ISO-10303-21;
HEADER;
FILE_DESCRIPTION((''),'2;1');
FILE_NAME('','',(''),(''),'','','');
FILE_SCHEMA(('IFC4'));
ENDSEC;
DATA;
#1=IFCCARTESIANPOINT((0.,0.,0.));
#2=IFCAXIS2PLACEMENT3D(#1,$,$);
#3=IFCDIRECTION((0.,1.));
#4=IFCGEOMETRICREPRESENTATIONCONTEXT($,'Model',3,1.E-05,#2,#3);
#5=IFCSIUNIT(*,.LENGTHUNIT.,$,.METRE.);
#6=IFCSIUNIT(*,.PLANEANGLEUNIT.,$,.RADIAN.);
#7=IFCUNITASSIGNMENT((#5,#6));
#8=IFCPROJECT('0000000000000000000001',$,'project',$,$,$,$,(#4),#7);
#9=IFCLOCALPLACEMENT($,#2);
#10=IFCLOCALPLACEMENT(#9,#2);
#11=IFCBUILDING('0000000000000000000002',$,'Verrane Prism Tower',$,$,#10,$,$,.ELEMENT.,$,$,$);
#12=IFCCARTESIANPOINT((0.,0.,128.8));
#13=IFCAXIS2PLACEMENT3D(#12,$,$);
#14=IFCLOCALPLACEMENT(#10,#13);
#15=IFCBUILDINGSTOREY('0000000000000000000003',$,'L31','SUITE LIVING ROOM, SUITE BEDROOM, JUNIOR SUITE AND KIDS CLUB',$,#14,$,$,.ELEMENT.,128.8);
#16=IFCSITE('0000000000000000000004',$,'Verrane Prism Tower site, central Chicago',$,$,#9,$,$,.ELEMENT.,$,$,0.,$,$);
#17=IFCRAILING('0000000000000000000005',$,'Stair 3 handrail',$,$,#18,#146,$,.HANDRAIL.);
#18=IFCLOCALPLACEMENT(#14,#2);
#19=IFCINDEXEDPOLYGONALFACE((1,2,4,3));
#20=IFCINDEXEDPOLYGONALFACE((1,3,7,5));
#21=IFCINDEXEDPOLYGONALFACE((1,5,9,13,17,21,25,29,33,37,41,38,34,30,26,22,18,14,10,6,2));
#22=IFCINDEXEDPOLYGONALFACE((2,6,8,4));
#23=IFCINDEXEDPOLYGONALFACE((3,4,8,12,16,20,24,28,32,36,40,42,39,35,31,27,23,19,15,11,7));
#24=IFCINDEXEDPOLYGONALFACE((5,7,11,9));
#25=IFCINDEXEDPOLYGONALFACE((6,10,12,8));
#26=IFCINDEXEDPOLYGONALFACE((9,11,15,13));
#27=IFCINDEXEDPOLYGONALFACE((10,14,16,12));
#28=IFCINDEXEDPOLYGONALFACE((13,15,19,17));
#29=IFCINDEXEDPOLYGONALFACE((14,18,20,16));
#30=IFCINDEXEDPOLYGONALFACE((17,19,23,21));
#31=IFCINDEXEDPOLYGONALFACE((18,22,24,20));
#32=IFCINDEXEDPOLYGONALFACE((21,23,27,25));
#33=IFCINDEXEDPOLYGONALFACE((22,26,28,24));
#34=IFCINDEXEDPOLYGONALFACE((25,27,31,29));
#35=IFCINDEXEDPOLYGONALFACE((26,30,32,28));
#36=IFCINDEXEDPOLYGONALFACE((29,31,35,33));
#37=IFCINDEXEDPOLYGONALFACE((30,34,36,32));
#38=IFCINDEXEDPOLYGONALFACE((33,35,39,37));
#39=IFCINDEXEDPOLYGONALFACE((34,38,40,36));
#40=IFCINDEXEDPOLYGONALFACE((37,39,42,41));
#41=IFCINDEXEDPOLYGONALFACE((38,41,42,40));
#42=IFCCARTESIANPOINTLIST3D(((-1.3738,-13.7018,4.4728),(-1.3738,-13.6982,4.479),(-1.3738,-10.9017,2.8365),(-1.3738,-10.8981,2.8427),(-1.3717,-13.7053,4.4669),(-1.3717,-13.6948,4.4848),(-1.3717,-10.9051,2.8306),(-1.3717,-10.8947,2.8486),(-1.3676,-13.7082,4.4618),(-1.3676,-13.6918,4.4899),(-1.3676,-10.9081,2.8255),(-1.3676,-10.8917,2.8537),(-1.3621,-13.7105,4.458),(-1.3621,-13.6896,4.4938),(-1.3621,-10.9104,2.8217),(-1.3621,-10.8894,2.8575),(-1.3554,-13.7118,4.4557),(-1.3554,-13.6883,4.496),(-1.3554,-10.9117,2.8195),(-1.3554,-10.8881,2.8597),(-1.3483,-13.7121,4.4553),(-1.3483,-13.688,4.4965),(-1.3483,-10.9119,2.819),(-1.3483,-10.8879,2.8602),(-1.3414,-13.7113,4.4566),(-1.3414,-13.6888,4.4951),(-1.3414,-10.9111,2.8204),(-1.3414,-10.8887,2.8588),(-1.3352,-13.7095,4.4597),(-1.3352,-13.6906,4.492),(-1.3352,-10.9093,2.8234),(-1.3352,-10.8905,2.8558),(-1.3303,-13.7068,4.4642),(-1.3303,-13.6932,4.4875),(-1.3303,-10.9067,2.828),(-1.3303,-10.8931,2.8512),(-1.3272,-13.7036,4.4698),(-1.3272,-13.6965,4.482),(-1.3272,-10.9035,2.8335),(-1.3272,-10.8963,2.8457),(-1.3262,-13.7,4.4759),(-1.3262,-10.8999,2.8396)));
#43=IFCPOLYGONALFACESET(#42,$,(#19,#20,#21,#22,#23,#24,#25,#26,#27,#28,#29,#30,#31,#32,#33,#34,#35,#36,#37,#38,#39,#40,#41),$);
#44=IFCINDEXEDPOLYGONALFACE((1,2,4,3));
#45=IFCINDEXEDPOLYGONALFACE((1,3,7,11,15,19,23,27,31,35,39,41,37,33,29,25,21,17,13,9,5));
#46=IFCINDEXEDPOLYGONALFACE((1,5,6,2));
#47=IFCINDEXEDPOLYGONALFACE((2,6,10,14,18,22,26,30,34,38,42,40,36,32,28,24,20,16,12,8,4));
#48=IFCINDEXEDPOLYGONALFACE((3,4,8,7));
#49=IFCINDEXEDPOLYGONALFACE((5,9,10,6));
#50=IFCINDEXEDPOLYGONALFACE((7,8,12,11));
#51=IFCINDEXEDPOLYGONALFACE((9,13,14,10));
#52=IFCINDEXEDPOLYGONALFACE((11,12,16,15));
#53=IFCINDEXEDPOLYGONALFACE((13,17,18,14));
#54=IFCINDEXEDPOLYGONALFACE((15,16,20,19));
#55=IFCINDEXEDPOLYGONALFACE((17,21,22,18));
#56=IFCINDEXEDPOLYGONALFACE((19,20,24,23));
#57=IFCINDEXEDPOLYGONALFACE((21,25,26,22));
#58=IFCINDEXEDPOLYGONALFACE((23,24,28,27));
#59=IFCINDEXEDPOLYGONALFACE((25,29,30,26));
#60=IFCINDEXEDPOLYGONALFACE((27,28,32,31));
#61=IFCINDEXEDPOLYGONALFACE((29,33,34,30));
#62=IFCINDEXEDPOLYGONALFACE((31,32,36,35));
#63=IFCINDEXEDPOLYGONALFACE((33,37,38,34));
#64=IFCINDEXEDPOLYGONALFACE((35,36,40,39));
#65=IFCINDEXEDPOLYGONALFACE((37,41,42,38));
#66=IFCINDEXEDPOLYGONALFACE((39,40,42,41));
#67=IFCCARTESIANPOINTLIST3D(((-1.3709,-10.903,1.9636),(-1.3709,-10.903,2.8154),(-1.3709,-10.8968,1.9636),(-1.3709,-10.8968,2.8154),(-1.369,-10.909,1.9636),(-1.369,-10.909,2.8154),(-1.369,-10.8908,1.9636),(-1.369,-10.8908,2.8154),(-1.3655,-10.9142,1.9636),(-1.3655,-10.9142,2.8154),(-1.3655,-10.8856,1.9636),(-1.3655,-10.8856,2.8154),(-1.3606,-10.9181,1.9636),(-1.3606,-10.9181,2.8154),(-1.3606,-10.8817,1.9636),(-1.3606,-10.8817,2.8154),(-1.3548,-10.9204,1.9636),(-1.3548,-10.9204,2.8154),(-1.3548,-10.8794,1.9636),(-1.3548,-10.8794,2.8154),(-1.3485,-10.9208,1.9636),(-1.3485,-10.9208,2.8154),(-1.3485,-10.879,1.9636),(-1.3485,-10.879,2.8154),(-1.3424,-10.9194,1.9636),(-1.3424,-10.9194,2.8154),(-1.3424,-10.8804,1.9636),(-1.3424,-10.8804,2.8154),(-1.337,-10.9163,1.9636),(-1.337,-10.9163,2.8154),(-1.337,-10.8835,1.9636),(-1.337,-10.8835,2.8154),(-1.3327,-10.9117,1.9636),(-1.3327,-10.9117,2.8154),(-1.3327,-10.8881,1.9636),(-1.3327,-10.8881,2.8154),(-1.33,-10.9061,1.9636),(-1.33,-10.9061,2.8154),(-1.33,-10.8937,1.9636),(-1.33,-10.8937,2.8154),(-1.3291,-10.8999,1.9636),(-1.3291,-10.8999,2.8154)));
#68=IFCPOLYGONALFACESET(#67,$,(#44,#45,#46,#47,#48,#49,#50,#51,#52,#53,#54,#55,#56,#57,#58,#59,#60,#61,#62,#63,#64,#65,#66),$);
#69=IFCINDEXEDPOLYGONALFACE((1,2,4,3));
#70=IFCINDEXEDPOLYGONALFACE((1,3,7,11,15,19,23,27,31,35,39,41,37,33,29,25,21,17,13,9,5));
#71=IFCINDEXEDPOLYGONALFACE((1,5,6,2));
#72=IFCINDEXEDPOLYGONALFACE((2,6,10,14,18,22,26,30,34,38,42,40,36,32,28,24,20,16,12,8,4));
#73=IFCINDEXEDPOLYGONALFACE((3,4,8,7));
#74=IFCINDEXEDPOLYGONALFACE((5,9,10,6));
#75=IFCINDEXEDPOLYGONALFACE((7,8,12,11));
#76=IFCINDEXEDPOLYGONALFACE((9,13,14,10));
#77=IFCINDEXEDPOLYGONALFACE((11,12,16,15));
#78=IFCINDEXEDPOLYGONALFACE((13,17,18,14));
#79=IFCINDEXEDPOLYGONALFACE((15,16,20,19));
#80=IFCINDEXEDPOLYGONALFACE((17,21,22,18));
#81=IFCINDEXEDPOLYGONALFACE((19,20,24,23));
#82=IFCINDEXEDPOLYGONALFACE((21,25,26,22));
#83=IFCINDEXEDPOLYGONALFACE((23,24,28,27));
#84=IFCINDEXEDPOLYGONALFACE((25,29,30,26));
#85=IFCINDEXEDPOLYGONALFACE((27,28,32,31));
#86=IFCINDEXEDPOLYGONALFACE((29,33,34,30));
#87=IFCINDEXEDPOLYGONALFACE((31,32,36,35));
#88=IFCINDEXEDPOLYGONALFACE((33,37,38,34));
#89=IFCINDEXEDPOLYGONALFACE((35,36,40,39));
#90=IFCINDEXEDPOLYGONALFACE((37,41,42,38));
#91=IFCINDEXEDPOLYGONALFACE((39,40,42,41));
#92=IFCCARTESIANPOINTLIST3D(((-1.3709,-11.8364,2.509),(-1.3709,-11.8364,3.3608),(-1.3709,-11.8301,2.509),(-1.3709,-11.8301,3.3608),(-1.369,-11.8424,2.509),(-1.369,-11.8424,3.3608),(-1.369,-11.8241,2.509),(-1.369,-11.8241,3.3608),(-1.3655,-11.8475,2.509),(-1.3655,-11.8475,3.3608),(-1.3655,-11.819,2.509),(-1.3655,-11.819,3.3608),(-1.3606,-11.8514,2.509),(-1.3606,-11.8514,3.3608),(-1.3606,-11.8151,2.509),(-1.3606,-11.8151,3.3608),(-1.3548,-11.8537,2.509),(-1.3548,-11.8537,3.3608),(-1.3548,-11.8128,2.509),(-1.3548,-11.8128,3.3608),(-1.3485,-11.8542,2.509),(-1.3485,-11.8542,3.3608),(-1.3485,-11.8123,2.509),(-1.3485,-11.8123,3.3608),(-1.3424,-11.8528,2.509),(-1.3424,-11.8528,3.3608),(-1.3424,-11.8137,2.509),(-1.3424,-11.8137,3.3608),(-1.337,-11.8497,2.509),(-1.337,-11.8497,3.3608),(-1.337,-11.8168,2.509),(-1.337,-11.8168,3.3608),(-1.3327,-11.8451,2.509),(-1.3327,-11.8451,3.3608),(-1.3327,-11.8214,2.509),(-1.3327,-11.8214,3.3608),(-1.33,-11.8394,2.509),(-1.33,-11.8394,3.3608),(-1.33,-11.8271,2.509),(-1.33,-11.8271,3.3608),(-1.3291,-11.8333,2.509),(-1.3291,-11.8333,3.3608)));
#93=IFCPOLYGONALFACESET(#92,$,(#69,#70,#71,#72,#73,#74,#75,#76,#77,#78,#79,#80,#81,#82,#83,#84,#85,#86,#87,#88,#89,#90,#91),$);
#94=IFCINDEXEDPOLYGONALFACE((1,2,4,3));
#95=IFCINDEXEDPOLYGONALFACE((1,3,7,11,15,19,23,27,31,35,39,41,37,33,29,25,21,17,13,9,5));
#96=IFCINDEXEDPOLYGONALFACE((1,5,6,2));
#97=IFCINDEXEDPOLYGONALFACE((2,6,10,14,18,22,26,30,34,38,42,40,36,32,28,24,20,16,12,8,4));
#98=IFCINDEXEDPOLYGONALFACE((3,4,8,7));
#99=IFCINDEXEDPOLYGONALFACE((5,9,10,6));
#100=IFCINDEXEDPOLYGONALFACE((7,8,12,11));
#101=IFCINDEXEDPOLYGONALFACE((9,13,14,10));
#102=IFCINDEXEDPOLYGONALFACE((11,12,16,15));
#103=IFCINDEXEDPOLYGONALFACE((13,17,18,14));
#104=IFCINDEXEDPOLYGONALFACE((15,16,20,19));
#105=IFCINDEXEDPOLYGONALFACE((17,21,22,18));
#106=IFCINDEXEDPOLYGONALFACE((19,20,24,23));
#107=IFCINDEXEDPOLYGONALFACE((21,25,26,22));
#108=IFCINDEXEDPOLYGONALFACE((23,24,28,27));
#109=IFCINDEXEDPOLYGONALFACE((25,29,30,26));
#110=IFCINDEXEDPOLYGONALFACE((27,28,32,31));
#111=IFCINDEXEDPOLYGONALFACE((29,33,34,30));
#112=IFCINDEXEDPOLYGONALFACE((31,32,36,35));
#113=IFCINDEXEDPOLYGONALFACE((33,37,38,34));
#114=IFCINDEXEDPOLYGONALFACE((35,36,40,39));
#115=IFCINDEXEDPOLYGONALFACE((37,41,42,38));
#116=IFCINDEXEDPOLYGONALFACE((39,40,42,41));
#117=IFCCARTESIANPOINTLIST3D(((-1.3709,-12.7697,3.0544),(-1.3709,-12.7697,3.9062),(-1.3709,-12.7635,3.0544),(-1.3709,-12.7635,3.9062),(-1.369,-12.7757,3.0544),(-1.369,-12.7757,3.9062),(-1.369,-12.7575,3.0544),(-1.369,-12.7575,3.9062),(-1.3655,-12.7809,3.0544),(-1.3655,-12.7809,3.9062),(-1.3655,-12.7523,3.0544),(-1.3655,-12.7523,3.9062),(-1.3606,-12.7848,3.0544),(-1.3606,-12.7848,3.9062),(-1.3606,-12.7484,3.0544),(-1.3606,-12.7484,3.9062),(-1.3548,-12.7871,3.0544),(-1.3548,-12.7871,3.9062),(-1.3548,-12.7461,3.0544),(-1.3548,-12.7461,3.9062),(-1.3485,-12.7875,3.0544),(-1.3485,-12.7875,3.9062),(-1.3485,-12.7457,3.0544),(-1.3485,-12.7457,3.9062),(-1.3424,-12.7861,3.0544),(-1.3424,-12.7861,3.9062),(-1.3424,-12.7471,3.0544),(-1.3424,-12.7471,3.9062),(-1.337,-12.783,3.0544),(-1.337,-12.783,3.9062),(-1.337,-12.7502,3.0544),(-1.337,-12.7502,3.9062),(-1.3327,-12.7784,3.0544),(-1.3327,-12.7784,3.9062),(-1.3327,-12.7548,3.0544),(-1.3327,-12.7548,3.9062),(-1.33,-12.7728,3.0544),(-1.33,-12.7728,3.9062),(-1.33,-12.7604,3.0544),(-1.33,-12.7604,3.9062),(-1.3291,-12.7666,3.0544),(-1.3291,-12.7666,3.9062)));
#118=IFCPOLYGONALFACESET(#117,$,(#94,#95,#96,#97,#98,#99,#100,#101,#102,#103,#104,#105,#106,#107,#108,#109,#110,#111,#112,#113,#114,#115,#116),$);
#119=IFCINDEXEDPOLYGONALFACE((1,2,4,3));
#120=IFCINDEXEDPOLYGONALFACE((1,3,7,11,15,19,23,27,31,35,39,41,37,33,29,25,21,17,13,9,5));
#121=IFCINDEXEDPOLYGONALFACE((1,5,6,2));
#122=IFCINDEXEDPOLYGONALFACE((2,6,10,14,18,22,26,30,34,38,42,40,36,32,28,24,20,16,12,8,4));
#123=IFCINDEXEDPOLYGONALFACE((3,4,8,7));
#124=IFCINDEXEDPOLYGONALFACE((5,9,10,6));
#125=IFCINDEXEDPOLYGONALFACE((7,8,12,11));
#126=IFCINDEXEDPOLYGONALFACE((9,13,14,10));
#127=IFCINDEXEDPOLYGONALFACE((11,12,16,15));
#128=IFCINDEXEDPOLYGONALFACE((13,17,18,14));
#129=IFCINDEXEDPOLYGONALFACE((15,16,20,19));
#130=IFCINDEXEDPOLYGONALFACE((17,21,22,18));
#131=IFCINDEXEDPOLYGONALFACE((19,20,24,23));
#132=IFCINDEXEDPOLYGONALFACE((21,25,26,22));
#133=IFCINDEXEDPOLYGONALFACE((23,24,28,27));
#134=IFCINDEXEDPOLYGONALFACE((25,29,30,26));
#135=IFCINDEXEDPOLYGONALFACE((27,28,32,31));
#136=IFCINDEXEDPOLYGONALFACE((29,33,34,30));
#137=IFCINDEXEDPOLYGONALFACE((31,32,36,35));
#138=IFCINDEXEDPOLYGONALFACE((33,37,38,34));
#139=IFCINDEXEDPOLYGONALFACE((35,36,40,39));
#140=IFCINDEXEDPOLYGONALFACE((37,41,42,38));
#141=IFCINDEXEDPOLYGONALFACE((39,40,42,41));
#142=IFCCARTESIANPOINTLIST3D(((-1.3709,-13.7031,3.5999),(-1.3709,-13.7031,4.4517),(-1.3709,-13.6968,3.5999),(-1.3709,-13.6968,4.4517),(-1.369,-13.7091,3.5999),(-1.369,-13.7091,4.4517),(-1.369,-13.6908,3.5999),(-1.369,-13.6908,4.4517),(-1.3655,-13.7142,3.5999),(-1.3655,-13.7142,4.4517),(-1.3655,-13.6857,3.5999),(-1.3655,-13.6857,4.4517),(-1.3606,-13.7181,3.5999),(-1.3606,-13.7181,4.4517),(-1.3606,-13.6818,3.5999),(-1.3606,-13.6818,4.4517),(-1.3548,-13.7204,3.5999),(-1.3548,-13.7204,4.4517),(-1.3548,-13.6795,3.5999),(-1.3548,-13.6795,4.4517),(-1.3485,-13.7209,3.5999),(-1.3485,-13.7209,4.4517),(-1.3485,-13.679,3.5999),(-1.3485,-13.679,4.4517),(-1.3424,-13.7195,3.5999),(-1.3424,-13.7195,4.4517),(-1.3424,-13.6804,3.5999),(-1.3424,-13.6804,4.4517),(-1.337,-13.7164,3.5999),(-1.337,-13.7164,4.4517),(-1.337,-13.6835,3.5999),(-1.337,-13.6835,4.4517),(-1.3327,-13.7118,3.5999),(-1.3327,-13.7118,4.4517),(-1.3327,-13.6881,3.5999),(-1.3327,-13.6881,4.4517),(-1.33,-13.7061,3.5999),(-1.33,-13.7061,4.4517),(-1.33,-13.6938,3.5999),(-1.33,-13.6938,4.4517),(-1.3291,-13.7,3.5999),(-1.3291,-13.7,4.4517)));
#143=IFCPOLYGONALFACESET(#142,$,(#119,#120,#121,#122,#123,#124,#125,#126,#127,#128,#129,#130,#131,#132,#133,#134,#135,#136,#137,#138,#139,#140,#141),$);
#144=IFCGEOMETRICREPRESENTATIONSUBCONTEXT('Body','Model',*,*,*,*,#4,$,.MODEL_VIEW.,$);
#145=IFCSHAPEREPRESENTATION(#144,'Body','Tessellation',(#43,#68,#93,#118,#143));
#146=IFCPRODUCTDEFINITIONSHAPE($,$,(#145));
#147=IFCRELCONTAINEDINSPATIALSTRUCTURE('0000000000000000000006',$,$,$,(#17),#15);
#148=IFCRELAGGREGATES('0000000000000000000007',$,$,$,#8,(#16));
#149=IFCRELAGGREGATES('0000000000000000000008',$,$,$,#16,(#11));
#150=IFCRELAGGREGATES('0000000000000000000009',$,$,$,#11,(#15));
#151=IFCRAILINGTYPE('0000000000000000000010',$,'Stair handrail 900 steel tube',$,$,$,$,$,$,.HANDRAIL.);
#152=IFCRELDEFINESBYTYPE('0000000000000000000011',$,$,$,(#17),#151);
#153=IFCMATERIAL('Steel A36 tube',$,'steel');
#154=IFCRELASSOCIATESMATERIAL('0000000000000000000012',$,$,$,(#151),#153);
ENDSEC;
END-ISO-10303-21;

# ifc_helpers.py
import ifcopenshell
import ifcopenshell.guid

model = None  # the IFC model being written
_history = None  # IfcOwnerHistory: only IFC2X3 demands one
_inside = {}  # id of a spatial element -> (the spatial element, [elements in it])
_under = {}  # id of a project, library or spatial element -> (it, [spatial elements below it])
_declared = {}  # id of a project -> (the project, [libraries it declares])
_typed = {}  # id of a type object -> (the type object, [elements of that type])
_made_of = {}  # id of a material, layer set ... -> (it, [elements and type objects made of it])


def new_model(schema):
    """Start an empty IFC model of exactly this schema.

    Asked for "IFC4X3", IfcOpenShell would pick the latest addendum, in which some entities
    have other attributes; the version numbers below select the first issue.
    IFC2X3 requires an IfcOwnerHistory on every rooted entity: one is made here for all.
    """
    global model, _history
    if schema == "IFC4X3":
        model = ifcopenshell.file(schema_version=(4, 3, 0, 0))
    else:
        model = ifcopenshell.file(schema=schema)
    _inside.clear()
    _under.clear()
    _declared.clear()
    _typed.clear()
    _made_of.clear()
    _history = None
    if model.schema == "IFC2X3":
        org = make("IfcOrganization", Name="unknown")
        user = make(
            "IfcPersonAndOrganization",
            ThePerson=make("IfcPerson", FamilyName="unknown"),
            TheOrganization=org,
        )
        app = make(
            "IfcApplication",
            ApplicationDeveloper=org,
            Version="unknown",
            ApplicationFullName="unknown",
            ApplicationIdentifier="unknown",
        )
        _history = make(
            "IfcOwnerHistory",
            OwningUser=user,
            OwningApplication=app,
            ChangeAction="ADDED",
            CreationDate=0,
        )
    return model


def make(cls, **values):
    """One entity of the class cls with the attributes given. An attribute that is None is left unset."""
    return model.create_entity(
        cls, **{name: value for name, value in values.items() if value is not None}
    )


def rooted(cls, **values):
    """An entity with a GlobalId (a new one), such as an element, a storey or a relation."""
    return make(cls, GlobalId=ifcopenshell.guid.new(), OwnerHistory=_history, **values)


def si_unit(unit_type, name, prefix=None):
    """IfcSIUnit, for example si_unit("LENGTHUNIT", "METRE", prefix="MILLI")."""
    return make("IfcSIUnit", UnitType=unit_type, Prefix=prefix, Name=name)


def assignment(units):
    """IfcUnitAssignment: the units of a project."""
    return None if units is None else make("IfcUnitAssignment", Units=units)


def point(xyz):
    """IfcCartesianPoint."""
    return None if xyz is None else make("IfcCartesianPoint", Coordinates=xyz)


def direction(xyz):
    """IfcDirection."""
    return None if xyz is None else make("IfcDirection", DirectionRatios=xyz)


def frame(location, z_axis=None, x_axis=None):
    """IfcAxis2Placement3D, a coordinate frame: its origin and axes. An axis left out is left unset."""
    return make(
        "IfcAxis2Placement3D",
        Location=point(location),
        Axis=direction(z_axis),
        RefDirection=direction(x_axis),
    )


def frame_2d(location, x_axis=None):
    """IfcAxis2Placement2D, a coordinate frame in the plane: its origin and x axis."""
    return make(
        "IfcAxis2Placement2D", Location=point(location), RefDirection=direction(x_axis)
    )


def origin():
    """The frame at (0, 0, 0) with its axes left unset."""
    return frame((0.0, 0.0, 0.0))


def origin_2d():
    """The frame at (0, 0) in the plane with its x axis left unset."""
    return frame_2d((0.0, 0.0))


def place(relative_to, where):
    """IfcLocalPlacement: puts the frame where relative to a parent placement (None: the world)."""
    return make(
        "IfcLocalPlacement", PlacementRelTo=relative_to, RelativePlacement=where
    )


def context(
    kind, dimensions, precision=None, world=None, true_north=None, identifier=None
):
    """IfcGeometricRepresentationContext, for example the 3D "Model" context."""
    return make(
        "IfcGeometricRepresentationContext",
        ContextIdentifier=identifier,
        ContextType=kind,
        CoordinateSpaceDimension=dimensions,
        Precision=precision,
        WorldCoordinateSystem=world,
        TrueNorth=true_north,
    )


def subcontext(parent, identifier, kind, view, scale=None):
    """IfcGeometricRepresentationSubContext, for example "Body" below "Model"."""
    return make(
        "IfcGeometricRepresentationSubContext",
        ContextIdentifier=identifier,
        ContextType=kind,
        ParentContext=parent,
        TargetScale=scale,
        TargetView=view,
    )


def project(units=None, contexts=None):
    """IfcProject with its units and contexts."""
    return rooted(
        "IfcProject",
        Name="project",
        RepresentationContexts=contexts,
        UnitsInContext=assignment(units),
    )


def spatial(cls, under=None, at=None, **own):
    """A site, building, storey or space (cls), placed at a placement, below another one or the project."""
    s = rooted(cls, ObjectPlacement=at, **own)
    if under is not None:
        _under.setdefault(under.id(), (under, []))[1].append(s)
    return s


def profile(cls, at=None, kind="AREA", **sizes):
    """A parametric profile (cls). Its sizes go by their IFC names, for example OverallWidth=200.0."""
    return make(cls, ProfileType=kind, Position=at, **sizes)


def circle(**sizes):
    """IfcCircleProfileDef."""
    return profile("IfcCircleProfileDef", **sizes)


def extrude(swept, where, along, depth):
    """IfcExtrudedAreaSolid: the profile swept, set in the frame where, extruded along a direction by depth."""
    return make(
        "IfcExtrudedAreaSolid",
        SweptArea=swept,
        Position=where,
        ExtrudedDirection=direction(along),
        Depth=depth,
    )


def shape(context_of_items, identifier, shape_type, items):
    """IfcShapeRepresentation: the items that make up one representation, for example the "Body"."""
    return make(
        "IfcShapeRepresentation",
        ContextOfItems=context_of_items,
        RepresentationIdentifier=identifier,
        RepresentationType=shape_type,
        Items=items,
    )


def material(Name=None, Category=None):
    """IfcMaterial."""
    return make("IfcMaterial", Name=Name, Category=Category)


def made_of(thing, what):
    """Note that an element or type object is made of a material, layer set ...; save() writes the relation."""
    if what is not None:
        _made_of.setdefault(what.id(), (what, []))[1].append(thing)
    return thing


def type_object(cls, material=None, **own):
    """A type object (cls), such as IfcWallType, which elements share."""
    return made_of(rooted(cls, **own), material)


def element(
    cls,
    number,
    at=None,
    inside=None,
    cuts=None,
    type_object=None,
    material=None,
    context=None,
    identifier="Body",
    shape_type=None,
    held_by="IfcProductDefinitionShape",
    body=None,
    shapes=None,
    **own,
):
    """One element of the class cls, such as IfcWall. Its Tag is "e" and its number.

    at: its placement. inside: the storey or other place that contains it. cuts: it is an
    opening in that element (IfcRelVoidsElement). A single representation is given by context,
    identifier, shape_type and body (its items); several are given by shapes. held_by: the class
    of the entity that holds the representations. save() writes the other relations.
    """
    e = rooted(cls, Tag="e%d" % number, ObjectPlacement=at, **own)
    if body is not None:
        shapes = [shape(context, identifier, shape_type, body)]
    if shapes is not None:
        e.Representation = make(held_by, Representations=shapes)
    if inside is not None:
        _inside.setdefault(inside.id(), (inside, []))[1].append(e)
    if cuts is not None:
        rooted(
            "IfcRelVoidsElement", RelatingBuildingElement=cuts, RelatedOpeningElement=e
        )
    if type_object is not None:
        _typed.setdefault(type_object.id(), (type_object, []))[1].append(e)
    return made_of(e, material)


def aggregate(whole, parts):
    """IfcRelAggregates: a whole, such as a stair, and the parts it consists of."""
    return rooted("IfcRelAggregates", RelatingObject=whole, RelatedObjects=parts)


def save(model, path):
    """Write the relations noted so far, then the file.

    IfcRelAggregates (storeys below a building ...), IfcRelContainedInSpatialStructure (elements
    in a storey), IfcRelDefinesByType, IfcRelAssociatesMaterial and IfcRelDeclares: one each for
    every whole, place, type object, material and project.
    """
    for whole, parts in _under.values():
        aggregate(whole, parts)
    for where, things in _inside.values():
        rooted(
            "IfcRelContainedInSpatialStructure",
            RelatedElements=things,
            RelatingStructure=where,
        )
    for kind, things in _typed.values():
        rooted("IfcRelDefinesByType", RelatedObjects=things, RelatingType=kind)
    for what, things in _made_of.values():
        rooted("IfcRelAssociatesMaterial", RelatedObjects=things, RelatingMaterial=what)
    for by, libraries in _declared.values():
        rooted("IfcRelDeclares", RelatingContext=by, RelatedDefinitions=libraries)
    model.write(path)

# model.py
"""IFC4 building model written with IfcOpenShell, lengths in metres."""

from ifc_helpers import new_model, si_unit, direction, frame, origin, origin_2d, place, context, subcontext, project, spatial, circle, extrude, material, type_object, element, save


model = new_model("IFC4")

# Units and contexts
model_context = context("Model", 3, precision=1e-05, world=origin(), true_north=direction((0.0, 1.0)))
body_context = subcontext(model_context, "Body", "Model", "MODEL_VIEW")
ifc_project = project(units=[si_unit("LENGTHUNIT", "METRE"), si_unit("PLANEANGLEUNIT", "RADIAN")], contexts=[model_context])

# Site, building, storey
site_placement = place(None, origin())
site = spatial("IfcSite", under=ifc_project, at=site_placement, Name="Verrane Prism Tower site, central Chicago", CompositionType="ELEMENT", RefElevation=0.0)
building_placement = place(site_placement, origin())
building = spatial("IfcBuilding", under=site, at=building_placement, Name="Verrane Prism Tower", CompositionType="ELEMENT")
storey_placement = place(building_placement, frame((0.0, 0.0, 128.8)))
storey = spatial("IfcBuildingStorey", under=building, at=storey_placement, Name="L31", Description="SUITE LIVING ROOM, SUITE BEDROOM, JUNIOR SUITE AND KIDS CLUB", CompositionType="ELEMENT", Elevation=128.8)

# Railing
ifc_material_1 = material(Name="Steel A36 tube", Category="steel")
railing_type = type_object("IfcRailingType", Name="Stair handrail 900 steel tube", PredefinedType="HANDRAIL", material=ifc_material_1)
railing_placement = place(storey_placement, frame((-1.3501, -10.8999, 1.9636)))
element("IfcRailing", 1, at=railing_placement, inside=storey, type_object=railing_type, Name="Stair 3 handrail", PredefinedType="HANDRAIL", context=body_context, shape_type="SweptSolid", body=[
    extrude(circle(Radius=0.0239, at=origin_2d()), frame((0.0, 0.0, 0.876), z_axis=(0.0, -0.863394, 0.504531), x_axis=(1.0, 0.0, 0.0)), (0.0, 0.0, 1.0), 3.2432),
    extrude(circle(Radius=0.021, at=origin_2d()), origin(), (0.0, 0.0, 1.0), 0.8518),
    extrude(circle(Radius=0.021, at=origin_2d()), frame((0.0, -0.9333, 0.5454)), (0.0, 0.0, 1.0), 0.8518),
    extrude(circle(Radius=0.021, at=origin_2d()), frame((0.0, -1.8667, 1.0908)), (0.0, 0.0, 1.0), 0.8518),
    extrude(circle(Radius=0.021, at=origin_2d()), frame((0.0, -2.8, 1.6362)), (0.0, 0.0, 1.0), 0.8518),
])

save(model, "model.ifc")
